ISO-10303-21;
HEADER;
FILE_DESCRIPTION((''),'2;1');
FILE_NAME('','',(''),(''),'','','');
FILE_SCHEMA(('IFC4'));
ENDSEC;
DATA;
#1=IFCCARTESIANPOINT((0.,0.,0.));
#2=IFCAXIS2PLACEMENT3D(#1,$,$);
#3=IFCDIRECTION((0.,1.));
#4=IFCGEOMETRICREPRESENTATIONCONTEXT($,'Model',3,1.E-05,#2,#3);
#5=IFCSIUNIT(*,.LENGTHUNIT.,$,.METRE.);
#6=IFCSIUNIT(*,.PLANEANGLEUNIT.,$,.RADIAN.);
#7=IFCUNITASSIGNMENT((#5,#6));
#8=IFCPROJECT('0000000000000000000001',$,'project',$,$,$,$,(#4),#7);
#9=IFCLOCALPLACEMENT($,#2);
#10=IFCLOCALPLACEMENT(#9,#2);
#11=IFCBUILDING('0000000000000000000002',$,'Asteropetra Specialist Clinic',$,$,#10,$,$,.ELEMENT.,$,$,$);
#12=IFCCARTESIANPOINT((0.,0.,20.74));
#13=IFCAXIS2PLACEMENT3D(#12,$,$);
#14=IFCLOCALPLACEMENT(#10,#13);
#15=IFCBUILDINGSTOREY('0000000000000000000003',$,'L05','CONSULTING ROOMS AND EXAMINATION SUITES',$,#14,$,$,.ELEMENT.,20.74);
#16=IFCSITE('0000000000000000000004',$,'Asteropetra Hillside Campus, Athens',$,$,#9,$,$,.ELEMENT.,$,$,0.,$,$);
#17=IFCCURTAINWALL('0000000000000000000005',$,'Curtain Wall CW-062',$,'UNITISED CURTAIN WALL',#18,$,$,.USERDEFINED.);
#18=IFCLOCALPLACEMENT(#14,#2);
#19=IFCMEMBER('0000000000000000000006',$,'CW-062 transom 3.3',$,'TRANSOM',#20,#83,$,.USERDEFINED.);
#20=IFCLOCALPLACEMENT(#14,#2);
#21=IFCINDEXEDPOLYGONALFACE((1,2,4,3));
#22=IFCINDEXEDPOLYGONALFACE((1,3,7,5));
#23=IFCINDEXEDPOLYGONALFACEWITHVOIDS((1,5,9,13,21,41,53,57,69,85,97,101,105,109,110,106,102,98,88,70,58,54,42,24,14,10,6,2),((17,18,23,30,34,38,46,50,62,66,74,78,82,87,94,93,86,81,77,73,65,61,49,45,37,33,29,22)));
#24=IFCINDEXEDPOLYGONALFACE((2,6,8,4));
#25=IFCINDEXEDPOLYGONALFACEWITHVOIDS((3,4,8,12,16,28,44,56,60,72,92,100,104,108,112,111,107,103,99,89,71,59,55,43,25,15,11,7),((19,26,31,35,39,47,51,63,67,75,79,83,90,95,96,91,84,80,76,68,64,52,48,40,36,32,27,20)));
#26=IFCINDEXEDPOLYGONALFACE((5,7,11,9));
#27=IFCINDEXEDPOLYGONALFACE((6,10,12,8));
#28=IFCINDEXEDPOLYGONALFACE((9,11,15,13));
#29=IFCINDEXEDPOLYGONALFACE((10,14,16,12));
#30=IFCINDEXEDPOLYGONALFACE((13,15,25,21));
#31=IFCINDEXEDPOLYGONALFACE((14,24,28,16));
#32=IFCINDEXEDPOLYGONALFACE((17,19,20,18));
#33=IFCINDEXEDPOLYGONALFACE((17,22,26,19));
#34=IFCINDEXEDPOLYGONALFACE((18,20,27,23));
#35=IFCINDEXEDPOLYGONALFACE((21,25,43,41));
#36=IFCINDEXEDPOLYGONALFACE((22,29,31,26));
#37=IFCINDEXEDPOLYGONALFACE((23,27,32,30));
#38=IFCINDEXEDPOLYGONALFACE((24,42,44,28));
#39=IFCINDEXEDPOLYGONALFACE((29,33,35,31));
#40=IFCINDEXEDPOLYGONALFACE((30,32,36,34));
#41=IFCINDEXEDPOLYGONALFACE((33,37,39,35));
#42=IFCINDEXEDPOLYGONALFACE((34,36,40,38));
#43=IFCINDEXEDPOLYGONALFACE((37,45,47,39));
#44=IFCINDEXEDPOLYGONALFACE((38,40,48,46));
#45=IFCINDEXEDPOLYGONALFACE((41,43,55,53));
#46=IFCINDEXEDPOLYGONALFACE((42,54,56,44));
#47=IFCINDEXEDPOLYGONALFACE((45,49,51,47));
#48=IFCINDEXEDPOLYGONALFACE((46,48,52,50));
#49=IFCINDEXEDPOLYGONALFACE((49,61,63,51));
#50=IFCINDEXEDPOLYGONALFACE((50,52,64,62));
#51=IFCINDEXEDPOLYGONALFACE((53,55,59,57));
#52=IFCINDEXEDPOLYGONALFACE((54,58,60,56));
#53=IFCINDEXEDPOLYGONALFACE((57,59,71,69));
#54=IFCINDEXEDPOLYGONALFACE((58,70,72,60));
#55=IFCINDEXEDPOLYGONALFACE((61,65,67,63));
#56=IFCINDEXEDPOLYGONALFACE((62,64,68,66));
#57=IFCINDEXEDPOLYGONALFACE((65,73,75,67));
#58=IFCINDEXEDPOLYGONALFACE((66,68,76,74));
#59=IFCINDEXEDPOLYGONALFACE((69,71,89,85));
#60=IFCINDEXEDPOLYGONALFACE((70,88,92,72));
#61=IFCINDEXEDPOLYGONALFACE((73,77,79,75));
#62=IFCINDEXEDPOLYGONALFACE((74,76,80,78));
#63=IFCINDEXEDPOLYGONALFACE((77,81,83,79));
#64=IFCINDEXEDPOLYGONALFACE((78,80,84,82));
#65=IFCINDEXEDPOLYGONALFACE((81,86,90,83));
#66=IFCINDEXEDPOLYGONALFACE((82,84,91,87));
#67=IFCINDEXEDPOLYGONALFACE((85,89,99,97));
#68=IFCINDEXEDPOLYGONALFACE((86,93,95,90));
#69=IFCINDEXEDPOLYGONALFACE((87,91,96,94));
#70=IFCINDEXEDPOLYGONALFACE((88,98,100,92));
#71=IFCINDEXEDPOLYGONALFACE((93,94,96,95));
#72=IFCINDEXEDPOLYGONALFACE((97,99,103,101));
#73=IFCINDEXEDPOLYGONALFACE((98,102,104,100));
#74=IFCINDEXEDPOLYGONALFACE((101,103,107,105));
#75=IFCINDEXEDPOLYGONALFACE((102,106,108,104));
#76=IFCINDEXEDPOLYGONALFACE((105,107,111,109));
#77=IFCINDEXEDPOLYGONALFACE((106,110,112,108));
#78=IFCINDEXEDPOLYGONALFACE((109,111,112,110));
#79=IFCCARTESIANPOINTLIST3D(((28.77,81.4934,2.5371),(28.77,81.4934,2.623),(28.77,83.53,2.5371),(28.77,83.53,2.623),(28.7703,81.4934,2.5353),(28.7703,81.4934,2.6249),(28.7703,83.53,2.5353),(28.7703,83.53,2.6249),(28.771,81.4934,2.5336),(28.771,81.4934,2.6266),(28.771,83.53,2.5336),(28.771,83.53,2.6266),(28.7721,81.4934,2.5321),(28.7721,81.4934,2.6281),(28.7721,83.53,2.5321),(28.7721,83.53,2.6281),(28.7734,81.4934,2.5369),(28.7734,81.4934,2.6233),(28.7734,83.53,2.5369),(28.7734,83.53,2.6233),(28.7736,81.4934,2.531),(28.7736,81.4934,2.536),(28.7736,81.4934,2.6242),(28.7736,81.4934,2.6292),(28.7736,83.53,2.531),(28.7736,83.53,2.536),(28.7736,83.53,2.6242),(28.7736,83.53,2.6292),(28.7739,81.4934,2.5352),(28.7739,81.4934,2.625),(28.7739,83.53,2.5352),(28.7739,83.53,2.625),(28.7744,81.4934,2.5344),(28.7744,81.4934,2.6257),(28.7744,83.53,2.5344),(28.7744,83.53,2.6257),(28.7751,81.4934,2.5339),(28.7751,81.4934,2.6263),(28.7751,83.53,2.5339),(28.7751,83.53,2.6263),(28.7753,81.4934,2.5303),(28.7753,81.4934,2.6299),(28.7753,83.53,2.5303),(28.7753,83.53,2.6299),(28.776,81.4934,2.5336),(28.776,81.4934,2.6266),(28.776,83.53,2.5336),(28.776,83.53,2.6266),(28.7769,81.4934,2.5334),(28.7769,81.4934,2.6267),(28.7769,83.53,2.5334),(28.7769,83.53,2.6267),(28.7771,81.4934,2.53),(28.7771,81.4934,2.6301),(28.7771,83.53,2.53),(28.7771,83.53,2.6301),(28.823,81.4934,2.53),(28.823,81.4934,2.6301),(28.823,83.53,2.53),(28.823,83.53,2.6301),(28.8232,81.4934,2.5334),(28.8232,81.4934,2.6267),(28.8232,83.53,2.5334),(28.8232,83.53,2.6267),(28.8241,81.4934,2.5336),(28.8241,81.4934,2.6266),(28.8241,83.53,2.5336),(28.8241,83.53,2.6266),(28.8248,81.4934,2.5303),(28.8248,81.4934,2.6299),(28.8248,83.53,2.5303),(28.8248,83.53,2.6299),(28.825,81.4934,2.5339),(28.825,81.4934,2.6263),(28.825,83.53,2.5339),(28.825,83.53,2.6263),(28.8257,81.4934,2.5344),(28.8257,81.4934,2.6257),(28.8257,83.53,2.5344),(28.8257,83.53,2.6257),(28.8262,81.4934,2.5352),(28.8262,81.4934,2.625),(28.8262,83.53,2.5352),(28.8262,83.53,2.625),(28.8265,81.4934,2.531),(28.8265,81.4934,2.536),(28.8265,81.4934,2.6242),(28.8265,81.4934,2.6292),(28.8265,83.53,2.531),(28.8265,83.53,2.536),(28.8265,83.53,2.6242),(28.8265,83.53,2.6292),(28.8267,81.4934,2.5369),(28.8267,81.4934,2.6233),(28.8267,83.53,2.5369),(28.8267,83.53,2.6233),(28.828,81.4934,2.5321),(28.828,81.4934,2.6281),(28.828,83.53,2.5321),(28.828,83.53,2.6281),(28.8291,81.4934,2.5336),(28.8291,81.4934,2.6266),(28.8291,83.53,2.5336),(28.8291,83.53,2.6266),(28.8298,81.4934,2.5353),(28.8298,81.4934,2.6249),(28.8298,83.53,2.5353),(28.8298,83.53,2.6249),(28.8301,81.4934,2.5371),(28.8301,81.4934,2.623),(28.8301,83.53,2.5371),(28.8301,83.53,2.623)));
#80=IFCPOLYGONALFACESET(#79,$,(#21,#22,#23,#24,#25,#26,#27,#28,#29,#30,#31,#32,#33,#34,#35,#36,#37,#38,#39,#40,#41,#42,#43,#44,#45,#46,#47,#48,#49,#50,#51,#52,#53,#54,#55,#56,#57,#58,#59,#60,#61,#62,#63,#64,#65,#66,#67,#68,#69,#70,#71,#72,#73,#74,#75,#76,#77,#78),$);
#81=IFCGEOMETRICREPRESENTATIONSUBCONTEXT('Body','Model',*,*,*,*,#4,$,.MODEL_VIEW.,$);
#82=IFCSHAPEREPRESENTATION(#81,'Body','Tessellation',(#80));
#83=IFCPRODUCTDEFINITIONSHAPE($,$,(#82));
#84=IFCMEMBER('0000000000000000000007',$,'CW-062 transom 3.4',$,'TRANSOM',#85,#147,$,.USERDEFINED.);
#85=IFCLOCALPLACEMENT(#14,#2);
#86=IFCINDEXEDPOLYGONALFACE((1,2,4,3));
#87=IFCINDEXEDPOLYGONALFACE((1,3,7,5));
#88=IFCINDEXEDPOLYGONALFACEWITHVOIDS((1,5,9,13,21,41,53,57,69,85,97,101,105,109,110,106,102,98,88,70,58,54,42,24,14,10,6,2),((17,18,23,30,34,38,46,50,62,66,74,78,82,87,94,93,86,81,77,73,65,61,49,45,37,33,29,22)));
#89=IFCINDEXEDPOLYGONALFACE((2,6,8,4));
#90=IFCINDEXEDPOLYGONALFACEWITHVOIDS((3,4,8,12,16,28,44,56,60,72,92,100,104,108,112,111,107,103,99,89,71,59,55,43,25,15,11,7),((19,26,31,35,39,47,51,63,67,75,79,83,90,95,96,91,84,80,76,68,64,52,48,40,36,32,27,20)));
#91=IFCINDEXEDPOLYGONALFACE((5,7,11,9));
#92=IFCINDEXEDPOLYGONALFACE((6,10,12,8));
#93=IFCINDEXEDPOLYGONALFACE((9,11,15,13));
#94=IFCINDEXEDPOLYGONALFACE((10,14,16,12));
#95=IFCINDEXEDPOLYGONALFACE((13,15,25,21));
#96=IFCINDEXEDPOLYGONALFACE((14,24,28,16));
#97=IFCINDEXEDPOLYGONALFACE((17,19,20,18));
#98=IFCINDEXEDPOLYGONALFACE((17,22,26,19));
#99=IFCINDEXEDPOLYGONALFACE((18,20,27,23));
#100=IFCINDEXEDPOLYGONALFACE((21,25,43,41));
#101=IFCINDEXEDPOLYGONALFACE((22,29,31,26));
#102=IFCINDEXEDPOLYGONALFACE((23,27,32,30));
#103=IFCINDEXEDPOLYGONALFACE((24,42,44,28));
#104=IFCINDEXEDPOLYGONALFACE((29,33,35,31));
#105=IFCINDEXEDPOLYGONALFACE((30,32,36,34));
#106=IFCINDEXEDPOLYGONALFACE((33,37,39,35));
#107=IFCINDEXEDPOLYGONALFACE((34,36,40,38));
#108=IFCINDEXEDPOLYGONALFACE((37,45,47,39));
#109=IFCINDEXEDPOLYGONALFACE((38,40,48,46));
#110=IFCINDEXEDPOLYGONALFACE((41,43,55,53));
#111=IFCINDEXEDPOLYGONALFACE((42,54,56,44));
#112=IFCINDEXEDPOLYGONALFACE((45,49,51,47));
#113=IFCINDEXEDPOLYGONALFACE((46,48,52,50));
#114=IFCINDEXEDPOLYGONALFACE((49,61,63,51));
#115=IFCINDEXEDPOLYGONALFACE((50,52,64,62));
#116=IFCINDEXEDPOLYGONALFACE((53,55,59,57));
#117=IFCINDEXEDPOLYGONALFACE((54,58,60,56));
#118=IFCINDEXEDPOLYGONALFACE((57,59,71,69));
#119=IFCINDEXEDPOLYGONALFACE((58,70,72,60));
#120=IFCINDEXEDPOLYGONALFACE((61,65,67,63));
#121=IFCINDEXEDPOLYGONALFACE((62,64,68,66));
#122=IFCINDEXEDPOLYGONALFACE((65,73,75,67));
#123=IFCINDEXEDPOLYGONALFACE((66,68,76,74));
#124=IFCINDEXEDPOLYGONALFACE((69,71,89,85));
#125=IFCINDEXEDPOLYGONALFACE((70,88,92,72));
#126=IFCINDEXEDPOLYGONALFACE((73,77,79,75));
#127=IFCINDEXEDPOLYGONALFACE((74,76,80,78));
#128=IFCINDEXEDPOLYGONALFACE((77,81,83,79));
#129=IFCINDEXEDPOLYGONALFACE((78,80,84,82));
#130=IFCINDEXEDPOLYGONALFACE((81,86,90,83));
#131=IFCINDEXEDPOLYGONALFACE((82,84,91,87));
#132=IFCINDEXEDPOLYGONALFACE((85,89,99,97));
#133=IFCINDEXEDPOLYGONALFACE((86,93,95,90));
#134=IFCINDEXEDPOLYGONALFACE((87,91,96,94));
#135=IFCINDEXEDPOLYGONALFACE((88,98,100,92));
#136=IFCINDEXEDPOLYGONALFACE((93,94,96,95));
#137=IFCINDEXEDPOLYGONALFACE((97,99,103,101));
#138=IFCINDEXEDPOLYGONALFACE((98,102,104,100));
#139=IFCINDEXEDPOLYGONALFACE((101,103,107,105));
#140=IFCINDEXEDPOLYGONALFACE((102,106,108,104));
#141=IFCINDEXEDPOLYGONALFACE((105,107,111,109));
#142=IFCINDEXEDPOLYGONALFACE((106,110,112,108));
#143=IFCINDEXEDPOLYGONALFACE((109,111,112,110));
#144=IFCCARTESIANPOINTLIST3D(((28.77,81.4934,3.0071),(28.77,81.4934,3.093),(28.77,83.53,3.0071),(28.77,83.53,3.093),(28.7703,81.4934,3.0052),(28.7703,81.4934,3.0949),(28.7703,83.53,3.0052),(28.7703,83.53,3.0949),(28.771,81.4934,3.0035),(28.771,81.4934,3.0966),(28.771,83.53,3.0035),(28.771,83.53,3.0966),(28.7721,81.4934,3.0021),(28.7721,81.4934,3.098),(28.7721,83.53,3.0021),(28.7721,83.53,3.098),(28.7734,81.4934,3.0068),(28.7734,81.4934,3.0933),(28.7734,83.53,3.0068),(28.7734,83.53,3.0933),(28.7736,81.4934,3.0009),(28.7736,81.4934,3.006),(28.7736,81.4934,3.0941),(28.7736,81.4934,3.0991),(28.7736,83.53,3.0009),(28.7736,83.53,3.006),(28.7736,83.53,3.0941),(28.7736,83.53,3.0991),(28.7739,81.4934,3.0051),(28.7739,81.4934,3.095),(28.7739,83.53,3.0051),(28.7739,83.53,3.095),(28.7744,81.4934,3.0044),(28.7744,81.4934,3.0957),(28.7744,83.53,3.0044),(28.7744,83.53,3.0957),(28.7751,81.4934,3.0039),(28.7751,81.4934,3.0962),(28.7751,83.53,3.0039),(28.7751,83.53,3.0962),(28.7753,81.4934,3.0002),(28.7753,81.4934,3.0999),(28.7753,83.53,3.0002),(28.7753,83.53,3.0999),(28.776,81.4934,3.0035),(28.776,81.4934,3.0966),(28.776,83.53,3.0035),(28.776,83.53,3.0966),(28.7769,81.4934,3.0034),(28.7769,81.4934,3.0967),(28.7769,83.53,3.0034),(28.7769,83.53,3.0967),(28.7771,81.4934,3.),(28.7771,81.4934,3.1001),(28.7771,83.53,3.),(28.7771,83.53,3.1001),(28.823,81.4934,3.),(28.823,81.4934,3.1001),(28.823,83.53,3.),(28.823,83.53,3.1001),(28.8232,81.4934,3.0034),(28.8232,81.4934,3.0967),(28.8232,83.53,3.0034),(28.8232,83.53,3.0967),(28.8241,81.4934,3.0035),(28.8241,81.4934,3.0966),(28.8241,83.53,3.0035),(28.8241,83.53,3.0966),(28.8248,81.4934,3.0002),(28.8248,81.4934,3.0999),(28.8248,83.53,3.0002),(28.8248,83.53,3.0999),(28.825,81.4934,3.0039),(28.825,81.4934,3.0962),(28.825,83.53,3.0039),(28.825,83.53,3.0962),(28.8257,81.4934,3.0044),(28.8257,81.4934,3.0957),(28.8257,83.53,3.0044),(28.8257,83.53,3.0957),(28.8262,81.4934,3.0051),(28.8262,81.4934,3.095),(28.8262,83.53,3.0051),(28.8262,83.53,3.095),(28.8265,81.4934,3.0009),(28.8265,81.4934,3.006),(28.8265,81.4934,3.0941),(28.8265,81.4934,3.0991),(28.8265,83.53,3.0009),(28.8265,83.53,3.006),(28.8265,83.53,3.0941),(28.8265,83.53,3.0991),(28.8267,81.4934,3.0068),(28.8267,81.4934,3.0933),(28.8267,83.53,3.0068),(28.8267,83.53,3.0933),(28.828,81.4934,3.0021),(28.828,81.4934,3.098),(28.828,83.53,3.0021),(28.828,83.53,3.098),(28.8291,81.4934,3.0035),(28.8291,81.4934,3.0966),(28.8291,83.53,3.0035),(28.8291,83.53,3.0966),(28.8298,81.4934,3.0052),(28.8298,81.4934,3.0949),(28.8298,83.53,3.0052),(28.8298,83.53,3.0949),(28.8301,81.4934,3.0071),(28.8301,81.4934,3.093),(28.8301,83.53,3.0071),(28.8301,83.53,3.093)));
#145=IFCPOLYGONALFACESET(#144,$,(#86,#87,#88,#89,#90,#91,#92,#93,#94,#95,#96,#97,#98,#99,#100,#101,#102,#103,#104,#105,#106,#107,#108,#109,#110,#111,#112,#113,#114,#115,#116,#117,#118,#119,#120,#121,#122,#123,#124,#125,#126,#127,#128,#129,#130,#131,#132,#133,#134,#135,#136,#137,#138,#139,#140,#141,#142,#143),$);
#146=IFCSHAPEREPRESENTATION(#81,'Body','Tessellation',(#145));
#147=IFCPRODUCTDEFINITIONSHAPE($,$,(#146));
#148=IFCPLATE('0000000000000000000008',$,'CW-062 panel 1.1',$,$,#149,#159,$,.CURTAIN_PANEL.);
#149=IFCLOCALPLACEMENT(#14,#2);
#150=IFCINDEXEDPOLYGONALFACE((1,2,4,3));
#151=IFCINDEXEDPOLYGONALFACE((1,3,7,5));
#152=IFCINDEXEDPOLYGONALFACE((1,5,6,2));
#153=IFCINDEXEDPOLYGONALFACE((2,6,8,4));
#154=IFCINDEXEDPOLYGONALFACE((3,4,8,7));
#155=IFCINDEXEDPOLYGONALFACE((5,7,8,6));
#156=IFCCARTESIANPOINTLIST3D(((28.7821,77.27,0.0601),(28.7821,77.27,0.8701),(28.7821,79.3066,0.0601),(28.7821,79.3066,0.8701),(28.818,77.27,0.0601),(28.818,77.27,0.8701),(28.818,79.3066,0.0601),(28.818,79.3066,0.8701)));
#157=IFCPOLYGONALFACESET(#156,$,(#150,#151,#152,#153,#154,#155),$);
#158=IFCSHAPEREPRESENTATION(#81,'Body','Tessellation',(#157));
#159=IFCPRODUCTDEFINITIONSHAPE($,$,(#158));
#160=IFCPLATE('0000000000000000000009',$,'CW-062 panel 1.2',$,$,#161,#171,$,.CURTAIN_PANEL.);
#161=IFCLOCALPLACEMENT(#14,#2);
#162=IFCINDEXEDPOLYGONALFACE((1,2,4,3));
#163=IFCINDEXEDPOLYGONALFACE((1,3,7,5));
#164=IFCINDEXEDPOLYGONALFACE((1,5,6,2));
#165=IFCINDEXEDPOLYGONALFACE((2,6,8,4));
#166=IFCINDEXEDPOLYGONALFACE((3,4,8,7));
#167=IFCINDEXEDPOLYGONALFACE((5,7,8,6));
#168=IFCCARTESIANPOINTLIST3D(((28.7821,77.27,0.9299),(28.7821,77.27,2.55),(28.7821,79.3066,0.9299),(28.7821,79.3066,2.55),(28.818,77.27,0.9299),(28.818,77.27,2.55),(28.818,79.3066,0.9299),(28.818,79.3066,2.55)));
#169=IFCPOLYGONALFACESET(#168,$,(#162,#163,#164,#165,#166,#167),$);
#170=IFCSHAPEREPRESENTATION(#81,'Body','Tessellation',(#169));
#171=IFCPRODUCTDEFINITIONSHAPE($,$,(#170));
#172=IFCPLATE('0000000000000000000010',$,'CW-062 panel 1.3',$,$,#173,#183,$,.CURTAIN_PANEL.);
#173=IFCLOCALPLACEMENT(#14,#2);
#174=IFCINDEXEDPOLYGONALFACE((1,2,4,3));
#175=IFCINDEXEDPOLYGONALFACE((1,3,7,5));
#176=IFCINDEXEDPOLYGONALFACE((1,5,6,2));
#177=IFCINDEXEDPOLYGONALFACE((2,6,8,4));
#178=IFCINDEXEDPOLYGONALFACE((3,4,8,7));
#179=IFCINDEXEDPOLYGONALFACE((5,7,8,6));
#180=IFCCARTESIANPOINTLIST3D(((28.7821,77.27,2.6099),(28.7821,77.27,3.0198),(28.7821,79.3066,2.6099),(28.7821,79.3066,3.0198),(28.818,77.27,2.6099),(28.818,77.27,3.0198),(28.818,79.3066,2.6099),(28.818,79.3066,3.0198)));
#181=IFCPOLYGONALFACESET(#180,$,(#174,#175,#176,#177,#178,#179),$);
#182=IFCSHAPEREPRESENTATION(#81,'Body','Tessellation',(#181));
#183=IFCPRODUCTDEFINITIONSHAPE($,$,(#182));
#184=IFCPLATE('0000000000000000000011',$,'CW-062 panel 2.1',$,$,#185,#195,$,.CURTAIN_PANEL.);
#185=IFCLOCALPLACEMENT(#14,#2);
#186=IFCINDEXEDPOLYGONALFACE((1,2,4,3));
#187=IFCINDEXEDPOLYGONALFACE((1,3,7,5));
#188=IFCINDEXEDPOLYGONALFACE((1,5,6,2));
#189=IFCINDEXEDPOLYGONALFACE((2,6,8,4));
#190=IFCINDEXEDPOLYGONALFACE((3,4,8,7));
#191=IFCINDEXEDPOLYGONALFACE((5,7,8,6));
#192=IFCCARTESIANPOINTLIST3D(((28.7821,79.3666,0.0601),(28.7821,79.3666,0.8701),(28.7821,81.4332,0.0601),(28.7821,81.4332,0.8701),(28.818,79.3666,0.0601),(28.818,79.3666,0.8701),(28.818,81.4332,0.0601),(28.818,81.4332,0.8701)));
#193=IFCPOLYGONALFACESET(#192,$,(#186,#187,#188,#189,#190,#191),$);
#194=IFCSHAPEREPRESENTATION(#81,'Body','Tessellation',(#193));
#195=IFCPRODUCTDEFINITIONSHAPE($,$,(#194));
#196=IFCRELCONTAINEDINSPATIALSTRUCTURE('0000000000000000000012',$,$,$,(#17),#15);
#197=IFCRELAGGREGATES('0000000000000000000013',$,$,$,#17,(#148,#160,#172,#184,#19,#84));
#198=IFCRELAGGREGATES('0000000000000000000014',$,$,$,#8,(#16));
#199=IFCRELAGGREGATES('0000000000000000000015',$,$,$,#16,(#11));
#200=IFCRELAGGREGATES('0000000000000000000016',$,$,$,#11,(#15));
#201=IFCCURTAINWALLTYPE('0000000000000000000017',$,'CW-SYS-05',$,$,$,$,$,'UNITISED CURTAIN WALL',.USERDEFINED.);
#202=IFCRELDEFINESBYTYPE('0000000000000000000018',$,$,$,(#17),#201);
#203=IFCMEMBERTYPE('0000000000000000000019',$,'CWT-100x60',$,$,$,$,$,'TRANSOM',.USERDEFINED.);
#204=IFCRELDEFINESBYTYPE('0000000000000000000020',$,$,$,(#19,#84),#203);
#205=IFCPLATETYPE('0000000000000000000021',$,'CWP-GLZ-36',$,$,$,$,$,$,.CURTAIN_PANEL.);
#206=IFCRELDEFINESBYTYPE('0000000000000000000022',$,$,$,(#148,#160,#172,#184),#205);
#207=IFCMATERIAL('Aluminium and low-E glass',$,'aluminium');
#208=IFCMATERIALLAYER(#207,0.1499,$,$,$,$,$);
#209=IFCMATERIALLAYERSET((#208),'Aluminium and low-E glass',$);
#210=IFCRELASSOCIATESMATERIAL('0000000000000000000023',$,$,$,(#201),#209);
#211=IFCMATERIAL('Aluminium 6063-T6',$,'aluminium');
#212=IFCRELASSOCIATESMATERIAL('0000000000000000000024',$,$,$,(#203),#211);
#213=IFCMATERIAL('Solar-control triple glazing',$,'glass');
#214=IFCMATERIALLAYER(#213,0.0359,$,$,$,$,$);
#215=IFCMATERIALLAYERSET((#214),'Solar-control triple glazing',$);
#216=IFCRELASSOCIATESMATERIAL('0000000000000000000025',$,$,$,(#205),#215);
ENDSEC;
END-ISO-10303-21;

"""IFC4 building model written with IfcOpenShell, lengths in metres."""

from ifc_helpers import new_model, si_unit, direction, frame, origin, origin_2d, place, context, subcontext, project, spatial, rectangle, hollow_rectangle, extrude, material, layer, layer_set, material_profile, profile_set, type_object, element, aggregate, save


model = new_model("IFC4")

# Units and contexts
model_context = context("Model", 3, precision=1e-05, world=origin(), true_north=direction((0.0, 1.0)))
body_context = subcontext(model_context, "Body", "Model", "MODEL_VIEW")
ifc_project = project(units=[si_unit("LENGTHUNIT", "METRE"), si_unit("PLANEANGLEUNIT", "RADIAN")], contexts=[model_context])

# Site, building, storey
site_placement = place(None, origin())
site = spatial("IfcSite", under=ifc_project, at=site_placement, Name="Asteropetra Hillside Campus, Athens", CompositionType="ELEMENT", RefElevation=0.0)
building_placement = place(site_placement, origin())
building = spatial("IfcBuilding", under=site, at=building_placement, Name="Asteropetra Specialist Clinic", CompositionType="ELEMENT")
storey_placement = place(building_placement, frame((0.0, 0.0, 20.74)))
storey = spatial("IfcBuildingStorey", under=building, at=storey_placement, Name="L05", Description="CONSULTING ROOMS AND EXAMINATION SUITES", CompositionType="ELEMENT", Elevation=20.74)

# Curtain wall, members, plates
ifc_material_1 = material(Name="Aluminium and low-E glass", Category="aluminium")
ifc_layer_1 = layer(ifc_material_1, 0.1499)
ifc_layer_set_1 = layer_set([ifc_layer_1], Name="Aluminium and low-E glass")
curtain_wall_type = type_object("IfcCurtainWallType", Name="CW-SYS-05", ElementType="UNITISED CURTAIN WALL", PredefinedType="USERDEFINED", material=ifc_layer_set_1)
curtain_wall_placement = place(storey_placement, origin())
curtain_wall = element("IfcCurtainWall", 1, at=curtain_wall_placement, inside=storey, type_object=curtain_wall_type, Name="Curtain Wall CW-062", ObjectType="UNITISED CURTAIN WALL", PredefinedType="USERDEFINED")
ifc_material_2 = material(Name="Aluminium 6063-T6", Category="aluminium")
ifc_material_profile_1 = material_profile(ifc_material_2, hollow_rectangle(XDim=0.0601, YDim=0.1001, WallThickness=0.0034, InnerFilletRadius=0.0034, OuterFilletRadius=0.0071, at=origin_2d()), Name="TRN 100x60x3.5")
ifc_profile_set_1 = profile_set([ifc_material_profile_1], Name="Aluminium 6063-T6")
member_type_1 = type_object("IfcMemberType", Name="CWT-100x60", ElementType="TRANSOM", PredefinedType="USERDEFINED", material=ifc_profile_set_1)
member_1_placement = place(storey_placement, frame((28.8, 81.4934, 2.5801), z_axis=(0.0, 1.0, 0.0), x_axis=(-1.0, 0.0, 0.0)))
member_1 = element("IfcMember", 2, at=member_1_placement, type_object=member_type_1, Name="CW-062 transom 3.3", ObjectType="TRANSOM", PredefinedType="USERDEFINED", context=body_context, shape_type="SweptSolid", body=[
    extrude(hollow_rectangle(XDim=0.0601, YDim=0.1001, WallThickness=0.0034, InnerFilletRadius=0.0034, OuterFilletRadius=0.0071, at=origin_2d()), origin(), (0.0, 0.0, 1.0), 2.0366),
])
member_2_placement = place(storey_placement, frame((28.8, 81.4934, 3.05), z_axis=(0.0, 1.0, 0.0), x_axis=(-1.0, 0.0, 0.0)))
member_2 = element("IfcMember", 3, at=member_2_placement, type_object=member_type_1, Name="CW-062 transom 3.4", ObjectType="TRANSOM", PredefinedType="USERDEFINED", context=body_context, shape_type="SweptSolid", body=[
    extrude(hollow_rectangle(XDim=0.0601, YDim=0.1001, WallThickness=0.0034, InnerFilletRadius=0.0034, OuterFilletRadius=0.0071, at=origin_2d()), origin(), (0.0, 0.0, 1.0), 2.0366),
])
ifc_material_3 = material(Name="Solar-control triple glazing", Category="glass")
ifc_layer_2 = layer(ifc_material_3, 0.0359)
ifc_layer_set_2 = layer_set([ifc_layer_2], Name="Solar-control triple glazing")
plate_type = type_object("IfcPlateType", Name="CWP-GLZ-36", PredefinedType="CURTAIN_PANEL", material=ifc_layer_set_2)
plate_1_placement = place(storey_placement, frame((28.8, 78.2883, 0.0601), z_axis=(0.0, 0.0, 1.0), x_axis=(0.0, 1.0, 0.0)))
plate_1 = element("IfcPlate", 4, at=plate_1_placement, type_object=plate_type, Name="CW-062 panel 1.1", PredefinedType="CURTAIN_PANEL", context=body_context, shape_type="SweptSolid", body=[
    extrude(rectangle(XDim=2.0366, YDim=0.0359, at=origin_2d()), origin(), (0.0, 0.0, 1.0), 0.8101),
])
plate_2_placement = place(storey_placement, frame((28.8, 78.2883, 0.9299), z_axis=(0.0, 0.0, 1.0), x_axis=(0.0, 1.0, 0.0)))
plate_2 = element("IfcPlate", 5, at=plate_2_placement, type_object=plate_type, Name="CW-062 panel 1.2", PredefinedType="CURTAIN_PANEL", context=body_context, shape_type="SweptSolid", body=[
    extrude(rectangle(XDim=2.0366, YDim=0.0359, at=origin_2d()), origin(), (0.0, 0.0, 1.0), 1.6201),
])
plate_3_placement = place(storey_placement, frame((28.8, 78.2883, 2.6099), z_axis=(0.0, 0.0, 1.0), x_axis=(0.0, 1.0, 0.0)))
plate_3 = element("IfcPlate", 6, at=plate_3_placement, type_object=plate_type, Name="CW-062 panel 1.3", PredefinedType="CURTAIN_PANEL", context=body_context, shape_type="SweptSolid", body=[
    extrude(rectangle(XDim=2.0366, YDim=0.0359, at=origin_2d()), origin(), (0.0, 0.0, 1.0), 0.4099),
])
plate_4_placement = place(storey_placement, frame((28.8, 80.3999, 0.0601), z_axis=(0.0, 0.0, 1.0), x_axis=(0.0, 1.0, 0.0)))
plate_4 = element("IfcPlate", 7, at=plate_4_placement, type_object=plate_type, Name="CW-062 panel 2.1", PredefinedType="CURTAIN_PANEL", context=body_context, shape_type="SweptSolid", body=[
    extrude(rectangle(XDim=2.0667, YDim=0.0359, at=origin_2d()), origin(), (0.0, 0.0, 1.0), 0.8101),
])
aggregate(curtain_wall, [plate_1, plate_2, plate_3, plate_4, member_1, member_2])

save(model, "model.ifc")
